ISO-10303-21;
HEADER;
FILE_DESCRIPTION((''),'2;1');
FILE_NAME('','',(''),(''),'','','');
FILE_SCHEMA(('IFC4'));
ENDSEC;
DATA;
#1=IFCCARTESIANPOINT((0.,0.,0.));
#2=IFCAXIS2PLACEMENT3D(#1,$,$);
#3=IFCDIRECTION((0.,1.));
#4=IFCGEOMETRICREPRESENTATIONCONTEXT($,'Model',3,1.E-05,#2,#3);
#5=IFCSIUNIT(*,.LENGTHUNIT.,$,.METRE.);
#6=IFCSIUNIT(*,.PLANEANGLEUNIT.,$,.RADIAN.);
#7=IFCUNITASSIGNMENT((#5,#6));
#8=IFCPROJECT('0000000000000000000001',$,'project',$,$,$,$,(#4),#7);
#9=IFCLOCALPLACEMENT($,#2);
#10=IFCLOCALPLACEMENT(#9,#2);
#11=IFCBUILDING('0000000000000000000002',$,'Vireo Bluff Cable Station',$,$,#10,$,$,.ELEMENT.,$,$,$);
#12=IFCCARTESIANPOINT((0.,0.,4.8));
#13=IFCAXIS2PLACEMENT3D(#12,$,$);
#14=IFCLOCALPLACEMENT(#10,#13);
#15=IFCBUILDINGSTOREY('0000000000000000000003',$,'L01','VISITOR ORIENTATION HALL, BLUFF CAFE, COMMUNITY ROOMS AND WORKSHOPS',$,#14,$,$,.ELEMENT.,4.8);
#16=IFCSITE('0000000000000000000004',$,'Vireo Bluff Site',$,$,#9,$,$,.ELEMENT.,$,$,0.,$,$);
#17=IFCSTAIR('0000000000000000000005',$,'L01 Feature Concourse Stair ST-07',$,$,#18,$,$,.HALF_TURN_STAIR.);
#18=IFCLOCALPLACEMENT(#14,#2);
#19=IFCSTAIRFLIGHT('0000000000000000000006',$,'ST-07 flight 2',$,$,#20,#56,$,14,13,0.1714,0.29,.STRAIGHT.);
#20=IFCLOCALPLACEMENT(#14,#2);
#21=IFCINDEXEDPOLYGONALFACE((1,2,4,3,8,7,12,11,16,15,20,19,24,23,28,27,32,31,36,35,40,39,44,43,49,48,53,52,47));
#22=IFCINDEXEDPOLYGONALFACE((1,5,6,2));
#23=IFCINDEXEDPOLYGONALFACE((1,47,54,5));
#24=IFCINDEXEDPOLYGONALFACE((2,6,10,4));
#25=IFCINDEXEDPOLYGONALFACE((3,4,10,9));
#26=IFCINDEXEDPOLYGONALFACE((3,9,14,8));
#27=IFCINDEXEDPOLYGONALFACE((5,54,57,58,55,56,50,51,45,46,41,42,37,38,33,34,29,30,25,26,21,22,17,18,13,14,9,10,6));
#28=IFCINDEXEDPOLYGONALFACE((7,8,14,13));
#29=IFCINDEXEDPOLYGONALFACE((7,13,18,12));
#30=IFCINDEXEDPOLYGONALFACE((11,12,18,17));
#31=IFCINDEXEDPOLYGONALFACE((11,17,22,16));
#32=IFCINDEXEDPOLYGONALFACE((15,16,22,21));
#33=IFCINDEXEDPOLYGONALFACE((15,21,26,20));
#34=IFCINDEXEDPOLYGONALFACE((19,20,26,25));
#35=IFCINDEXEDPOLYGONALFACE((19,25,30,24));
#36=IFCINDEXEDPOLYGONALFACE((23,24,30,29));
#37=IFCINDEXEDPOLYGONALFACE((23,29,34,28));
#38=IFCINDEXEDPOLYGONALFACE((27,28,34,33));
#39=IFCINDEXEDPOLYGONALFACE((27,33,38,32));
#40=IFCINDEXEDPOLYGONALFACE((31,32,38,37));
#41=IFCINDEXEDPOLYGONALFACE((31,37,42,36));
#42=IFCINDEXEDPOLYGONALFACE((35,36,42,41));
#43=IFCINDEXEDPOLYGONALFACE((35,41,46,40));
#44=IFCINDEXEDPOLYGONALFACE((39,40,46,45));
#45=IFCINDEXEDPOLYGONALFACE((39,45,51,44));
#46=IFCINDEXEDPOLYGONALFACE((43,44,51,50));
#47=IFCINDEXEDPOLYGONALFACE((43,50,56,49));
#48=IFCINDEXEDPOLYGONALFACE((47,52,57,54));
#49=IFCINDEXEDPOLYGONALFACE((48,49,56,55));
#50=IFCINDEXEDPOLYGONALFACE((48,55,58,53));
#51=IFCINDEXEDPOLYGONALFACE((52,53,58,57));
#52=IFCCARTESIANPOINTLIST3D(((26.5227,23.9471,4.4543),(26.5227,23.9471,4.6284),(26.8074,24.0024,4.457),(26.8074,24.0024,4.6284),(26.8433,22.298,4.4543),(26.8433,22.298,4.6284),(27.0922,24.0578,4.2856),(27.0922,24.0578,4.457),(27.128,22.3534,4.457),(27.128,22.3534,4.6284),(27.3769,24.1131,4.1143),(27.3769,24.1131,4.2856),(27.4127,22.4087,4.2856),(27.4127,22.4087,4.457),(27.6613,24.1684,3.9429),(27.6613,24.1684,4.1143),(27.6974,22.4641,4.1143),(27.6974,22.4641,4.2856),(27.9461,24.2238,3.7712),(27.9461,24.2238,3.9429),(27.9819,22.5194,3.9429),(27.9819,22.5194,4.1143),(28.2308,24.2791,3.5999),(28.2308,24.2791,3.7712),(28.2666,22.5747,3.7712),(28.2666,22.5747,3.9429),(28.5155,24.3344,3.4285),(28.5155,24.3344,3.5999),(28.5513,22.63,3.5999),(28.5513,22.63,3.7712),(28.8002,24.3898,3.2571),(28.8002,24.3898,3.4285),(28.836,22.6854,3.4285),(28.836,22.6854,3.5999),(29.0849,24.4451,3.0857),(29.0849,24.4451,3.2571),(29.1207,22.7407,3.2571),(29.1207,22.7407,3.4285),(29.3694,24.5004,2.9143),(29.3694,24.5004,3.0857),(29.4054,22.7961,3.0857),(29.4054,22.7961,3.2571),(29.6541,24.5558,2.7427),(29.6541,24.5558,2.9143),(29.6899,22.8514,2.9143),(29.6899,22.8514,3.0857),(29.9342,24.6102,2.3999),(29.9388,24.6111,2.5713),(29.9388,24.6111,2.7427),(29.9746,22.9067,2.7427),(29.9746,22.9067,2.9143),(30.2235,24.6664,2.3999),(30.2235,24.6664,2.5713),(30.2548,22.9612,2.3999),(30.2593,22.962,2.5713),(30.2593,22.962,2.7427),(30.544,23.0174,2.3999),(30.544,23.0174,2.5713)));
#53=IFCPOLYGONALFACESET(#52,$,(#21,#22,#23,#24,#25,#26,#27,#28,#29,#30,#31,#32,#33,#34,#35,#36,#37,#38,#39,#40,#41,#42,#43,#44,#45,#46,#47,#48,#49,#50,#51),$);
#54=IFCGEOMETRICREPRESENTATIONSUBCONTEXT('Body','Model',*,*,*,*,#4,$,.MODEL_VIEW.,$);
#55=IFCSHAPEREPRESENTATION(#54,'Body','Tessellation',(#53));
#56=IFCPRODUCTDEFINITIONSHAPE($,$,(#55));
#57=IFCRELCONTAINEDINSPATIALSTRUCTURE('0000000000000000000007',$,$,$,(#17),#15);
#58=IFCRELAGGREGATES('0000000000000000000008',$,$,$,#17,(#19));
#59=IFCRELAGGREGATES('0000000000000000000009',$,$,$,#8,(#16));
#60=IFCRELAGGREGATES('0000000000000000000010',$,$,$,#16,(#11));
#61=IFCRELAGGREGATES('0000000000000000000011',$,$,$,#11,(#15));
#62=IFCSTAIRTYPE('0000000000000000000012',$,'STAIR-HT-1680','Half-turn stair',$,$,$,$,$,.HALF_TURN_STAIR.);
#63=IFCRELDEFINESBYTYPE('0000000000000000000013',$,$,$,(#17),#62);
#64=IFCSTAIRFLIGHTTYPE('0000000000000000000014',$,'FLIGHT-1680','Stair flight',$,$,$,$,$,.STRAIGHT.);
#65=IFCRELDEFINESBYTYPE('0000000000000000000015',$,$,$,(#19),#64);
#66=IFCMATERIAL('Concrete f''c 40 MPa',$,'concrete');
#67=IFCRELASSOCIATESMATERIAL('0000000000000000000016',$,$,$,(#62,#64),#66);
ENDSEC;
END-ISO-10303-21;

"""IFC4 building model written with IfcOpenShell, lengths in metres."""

from ifc_helpers import new_model, si_unit, direction, frame, origin, place, context, subcontext, project, spatial, polyline, outline, extrude, material, type_object, element, aggregate, save


model = new_model("IFC4")

# Units and contexts
model_context = context("Model", 3, precision=1e-05, world=origin(), true_north=direction((0.0, 1.0)))
body_context = subcontext(model_context, "Body", "Model", "MODEL_VIEW")
ifc_project = project(units=[si_unit("LENGTHUNIT", "METRE"), si_unit("PLANEANGLEUNIT", "RADIAN")], contexts=[model_context])

# Site, building, storey
site_placement = place(None, origin())
site = spatial("IfcSite", under=ifc_project, at=site_placement, Name="Vireo Bluff Site", CompositionType="ELEMENT", RefElevation=0.0)
building_placement = place(site_placement, origin())
building = spatial("IfcBuilding", under=site, at=building_placement, Name="Vireo Bluff Cable Station", CompositionType="ELEMENT")
storey_placement = place(building_placement, frame((0.0, 0.0, 4.8)))
storey = spatial("IfcBuildingStorey", under=building, at=storey_placement, Name="L01", Description="VISITOR ORIENTATION HALL, BLUFF CAFE, COMMUNITY ROOMS AND WORKSHOPS", CompositionType="ELEMENT", Elevation=4.8)

# Stair, stair flight
ifc_material_1 = material(Name="Concrete f'c 40 MPa", Category="concrete")
stair_type = type_object("IfcStairType", Name="STAIR-HT-1680", Description="Half-turn stair", PredefinedType="HALF_TURN_STAIR", material=ifc_material_1)
stair_placement = place(storey_placement, origin())
stair = element("IfcStair", 1, at=stair_placement, inside=storey, type_object=stair_type, Name="L01 Feature Concourse Stair ST-07", PredefinedType="HALF_TURN_STAIR")
stair_flight_type = type_object("IfcStairFlightType", Name="FLIGHT-1680", Description="Stair flight", PredefinedType="STRAIGHT", material=ifc_material_1)
stair_flight_1_placement = place(storey_placement, frame((30.3838, 23.8418, 2.3999), z_axis=(0.0, 0.0, 1.0), x_axis=(-0.981627, -0.190809, 0.0)))
stair_flight_1 = element("IfcStairFlight", 2, at=stair_flight_1_placement, type_object=stair_flight_type, Name="ST-07 flight 2", NumberOfRisers=14, NumberOfTreads=13, PredefinedType="STRAIGHT", RiserHeight=0.1714, TreadLength=0.29, context=body_context, shape_type="SweptSolid", body=[
    extrude(outline(polyline([(0.0, 0.0), (0.0, 0.1714), (0.29, 0.1714), (0.29, 0.3428), (0.5801, 0.3428), (0.5801, 0.5144), (0.8701, 0.5144), (0.8701, 0.6858), (1.1599, 0.6858), (1.1599, 0.8572), (1.45, 0.8572), (1.45, 1.0286), (1.74, 1.0286), (1.74, 1.2), (2.03, 1.2), (2.03, 1.3713), (2.3201, 1.3713), (2.3201, 1.543), (2.6101, 1.543), (2.6101, 1.7144), (2.8999, 1.7144), (2.8999, 1.8857), (3.1899, 1.8857), (3.1899, 2.0571), (3.48, 2.0571), (3.48, 2.2285), (3.77, 2.2285), (3.77, 2.3999), (3.77, 2.0544), (0.2947, 0.0), (0.0, 0.0)])), frame((0.0, 0.8398, 0.0), z_axis=(0.0, -1.0, 0.0), x_axis=(1.0, 0.0, 0.0)), (0.0, 0.0, 1.0), 1.6799),
])
aggregate(stair, [stair_flight_1])

save(model, "model.ifc")
